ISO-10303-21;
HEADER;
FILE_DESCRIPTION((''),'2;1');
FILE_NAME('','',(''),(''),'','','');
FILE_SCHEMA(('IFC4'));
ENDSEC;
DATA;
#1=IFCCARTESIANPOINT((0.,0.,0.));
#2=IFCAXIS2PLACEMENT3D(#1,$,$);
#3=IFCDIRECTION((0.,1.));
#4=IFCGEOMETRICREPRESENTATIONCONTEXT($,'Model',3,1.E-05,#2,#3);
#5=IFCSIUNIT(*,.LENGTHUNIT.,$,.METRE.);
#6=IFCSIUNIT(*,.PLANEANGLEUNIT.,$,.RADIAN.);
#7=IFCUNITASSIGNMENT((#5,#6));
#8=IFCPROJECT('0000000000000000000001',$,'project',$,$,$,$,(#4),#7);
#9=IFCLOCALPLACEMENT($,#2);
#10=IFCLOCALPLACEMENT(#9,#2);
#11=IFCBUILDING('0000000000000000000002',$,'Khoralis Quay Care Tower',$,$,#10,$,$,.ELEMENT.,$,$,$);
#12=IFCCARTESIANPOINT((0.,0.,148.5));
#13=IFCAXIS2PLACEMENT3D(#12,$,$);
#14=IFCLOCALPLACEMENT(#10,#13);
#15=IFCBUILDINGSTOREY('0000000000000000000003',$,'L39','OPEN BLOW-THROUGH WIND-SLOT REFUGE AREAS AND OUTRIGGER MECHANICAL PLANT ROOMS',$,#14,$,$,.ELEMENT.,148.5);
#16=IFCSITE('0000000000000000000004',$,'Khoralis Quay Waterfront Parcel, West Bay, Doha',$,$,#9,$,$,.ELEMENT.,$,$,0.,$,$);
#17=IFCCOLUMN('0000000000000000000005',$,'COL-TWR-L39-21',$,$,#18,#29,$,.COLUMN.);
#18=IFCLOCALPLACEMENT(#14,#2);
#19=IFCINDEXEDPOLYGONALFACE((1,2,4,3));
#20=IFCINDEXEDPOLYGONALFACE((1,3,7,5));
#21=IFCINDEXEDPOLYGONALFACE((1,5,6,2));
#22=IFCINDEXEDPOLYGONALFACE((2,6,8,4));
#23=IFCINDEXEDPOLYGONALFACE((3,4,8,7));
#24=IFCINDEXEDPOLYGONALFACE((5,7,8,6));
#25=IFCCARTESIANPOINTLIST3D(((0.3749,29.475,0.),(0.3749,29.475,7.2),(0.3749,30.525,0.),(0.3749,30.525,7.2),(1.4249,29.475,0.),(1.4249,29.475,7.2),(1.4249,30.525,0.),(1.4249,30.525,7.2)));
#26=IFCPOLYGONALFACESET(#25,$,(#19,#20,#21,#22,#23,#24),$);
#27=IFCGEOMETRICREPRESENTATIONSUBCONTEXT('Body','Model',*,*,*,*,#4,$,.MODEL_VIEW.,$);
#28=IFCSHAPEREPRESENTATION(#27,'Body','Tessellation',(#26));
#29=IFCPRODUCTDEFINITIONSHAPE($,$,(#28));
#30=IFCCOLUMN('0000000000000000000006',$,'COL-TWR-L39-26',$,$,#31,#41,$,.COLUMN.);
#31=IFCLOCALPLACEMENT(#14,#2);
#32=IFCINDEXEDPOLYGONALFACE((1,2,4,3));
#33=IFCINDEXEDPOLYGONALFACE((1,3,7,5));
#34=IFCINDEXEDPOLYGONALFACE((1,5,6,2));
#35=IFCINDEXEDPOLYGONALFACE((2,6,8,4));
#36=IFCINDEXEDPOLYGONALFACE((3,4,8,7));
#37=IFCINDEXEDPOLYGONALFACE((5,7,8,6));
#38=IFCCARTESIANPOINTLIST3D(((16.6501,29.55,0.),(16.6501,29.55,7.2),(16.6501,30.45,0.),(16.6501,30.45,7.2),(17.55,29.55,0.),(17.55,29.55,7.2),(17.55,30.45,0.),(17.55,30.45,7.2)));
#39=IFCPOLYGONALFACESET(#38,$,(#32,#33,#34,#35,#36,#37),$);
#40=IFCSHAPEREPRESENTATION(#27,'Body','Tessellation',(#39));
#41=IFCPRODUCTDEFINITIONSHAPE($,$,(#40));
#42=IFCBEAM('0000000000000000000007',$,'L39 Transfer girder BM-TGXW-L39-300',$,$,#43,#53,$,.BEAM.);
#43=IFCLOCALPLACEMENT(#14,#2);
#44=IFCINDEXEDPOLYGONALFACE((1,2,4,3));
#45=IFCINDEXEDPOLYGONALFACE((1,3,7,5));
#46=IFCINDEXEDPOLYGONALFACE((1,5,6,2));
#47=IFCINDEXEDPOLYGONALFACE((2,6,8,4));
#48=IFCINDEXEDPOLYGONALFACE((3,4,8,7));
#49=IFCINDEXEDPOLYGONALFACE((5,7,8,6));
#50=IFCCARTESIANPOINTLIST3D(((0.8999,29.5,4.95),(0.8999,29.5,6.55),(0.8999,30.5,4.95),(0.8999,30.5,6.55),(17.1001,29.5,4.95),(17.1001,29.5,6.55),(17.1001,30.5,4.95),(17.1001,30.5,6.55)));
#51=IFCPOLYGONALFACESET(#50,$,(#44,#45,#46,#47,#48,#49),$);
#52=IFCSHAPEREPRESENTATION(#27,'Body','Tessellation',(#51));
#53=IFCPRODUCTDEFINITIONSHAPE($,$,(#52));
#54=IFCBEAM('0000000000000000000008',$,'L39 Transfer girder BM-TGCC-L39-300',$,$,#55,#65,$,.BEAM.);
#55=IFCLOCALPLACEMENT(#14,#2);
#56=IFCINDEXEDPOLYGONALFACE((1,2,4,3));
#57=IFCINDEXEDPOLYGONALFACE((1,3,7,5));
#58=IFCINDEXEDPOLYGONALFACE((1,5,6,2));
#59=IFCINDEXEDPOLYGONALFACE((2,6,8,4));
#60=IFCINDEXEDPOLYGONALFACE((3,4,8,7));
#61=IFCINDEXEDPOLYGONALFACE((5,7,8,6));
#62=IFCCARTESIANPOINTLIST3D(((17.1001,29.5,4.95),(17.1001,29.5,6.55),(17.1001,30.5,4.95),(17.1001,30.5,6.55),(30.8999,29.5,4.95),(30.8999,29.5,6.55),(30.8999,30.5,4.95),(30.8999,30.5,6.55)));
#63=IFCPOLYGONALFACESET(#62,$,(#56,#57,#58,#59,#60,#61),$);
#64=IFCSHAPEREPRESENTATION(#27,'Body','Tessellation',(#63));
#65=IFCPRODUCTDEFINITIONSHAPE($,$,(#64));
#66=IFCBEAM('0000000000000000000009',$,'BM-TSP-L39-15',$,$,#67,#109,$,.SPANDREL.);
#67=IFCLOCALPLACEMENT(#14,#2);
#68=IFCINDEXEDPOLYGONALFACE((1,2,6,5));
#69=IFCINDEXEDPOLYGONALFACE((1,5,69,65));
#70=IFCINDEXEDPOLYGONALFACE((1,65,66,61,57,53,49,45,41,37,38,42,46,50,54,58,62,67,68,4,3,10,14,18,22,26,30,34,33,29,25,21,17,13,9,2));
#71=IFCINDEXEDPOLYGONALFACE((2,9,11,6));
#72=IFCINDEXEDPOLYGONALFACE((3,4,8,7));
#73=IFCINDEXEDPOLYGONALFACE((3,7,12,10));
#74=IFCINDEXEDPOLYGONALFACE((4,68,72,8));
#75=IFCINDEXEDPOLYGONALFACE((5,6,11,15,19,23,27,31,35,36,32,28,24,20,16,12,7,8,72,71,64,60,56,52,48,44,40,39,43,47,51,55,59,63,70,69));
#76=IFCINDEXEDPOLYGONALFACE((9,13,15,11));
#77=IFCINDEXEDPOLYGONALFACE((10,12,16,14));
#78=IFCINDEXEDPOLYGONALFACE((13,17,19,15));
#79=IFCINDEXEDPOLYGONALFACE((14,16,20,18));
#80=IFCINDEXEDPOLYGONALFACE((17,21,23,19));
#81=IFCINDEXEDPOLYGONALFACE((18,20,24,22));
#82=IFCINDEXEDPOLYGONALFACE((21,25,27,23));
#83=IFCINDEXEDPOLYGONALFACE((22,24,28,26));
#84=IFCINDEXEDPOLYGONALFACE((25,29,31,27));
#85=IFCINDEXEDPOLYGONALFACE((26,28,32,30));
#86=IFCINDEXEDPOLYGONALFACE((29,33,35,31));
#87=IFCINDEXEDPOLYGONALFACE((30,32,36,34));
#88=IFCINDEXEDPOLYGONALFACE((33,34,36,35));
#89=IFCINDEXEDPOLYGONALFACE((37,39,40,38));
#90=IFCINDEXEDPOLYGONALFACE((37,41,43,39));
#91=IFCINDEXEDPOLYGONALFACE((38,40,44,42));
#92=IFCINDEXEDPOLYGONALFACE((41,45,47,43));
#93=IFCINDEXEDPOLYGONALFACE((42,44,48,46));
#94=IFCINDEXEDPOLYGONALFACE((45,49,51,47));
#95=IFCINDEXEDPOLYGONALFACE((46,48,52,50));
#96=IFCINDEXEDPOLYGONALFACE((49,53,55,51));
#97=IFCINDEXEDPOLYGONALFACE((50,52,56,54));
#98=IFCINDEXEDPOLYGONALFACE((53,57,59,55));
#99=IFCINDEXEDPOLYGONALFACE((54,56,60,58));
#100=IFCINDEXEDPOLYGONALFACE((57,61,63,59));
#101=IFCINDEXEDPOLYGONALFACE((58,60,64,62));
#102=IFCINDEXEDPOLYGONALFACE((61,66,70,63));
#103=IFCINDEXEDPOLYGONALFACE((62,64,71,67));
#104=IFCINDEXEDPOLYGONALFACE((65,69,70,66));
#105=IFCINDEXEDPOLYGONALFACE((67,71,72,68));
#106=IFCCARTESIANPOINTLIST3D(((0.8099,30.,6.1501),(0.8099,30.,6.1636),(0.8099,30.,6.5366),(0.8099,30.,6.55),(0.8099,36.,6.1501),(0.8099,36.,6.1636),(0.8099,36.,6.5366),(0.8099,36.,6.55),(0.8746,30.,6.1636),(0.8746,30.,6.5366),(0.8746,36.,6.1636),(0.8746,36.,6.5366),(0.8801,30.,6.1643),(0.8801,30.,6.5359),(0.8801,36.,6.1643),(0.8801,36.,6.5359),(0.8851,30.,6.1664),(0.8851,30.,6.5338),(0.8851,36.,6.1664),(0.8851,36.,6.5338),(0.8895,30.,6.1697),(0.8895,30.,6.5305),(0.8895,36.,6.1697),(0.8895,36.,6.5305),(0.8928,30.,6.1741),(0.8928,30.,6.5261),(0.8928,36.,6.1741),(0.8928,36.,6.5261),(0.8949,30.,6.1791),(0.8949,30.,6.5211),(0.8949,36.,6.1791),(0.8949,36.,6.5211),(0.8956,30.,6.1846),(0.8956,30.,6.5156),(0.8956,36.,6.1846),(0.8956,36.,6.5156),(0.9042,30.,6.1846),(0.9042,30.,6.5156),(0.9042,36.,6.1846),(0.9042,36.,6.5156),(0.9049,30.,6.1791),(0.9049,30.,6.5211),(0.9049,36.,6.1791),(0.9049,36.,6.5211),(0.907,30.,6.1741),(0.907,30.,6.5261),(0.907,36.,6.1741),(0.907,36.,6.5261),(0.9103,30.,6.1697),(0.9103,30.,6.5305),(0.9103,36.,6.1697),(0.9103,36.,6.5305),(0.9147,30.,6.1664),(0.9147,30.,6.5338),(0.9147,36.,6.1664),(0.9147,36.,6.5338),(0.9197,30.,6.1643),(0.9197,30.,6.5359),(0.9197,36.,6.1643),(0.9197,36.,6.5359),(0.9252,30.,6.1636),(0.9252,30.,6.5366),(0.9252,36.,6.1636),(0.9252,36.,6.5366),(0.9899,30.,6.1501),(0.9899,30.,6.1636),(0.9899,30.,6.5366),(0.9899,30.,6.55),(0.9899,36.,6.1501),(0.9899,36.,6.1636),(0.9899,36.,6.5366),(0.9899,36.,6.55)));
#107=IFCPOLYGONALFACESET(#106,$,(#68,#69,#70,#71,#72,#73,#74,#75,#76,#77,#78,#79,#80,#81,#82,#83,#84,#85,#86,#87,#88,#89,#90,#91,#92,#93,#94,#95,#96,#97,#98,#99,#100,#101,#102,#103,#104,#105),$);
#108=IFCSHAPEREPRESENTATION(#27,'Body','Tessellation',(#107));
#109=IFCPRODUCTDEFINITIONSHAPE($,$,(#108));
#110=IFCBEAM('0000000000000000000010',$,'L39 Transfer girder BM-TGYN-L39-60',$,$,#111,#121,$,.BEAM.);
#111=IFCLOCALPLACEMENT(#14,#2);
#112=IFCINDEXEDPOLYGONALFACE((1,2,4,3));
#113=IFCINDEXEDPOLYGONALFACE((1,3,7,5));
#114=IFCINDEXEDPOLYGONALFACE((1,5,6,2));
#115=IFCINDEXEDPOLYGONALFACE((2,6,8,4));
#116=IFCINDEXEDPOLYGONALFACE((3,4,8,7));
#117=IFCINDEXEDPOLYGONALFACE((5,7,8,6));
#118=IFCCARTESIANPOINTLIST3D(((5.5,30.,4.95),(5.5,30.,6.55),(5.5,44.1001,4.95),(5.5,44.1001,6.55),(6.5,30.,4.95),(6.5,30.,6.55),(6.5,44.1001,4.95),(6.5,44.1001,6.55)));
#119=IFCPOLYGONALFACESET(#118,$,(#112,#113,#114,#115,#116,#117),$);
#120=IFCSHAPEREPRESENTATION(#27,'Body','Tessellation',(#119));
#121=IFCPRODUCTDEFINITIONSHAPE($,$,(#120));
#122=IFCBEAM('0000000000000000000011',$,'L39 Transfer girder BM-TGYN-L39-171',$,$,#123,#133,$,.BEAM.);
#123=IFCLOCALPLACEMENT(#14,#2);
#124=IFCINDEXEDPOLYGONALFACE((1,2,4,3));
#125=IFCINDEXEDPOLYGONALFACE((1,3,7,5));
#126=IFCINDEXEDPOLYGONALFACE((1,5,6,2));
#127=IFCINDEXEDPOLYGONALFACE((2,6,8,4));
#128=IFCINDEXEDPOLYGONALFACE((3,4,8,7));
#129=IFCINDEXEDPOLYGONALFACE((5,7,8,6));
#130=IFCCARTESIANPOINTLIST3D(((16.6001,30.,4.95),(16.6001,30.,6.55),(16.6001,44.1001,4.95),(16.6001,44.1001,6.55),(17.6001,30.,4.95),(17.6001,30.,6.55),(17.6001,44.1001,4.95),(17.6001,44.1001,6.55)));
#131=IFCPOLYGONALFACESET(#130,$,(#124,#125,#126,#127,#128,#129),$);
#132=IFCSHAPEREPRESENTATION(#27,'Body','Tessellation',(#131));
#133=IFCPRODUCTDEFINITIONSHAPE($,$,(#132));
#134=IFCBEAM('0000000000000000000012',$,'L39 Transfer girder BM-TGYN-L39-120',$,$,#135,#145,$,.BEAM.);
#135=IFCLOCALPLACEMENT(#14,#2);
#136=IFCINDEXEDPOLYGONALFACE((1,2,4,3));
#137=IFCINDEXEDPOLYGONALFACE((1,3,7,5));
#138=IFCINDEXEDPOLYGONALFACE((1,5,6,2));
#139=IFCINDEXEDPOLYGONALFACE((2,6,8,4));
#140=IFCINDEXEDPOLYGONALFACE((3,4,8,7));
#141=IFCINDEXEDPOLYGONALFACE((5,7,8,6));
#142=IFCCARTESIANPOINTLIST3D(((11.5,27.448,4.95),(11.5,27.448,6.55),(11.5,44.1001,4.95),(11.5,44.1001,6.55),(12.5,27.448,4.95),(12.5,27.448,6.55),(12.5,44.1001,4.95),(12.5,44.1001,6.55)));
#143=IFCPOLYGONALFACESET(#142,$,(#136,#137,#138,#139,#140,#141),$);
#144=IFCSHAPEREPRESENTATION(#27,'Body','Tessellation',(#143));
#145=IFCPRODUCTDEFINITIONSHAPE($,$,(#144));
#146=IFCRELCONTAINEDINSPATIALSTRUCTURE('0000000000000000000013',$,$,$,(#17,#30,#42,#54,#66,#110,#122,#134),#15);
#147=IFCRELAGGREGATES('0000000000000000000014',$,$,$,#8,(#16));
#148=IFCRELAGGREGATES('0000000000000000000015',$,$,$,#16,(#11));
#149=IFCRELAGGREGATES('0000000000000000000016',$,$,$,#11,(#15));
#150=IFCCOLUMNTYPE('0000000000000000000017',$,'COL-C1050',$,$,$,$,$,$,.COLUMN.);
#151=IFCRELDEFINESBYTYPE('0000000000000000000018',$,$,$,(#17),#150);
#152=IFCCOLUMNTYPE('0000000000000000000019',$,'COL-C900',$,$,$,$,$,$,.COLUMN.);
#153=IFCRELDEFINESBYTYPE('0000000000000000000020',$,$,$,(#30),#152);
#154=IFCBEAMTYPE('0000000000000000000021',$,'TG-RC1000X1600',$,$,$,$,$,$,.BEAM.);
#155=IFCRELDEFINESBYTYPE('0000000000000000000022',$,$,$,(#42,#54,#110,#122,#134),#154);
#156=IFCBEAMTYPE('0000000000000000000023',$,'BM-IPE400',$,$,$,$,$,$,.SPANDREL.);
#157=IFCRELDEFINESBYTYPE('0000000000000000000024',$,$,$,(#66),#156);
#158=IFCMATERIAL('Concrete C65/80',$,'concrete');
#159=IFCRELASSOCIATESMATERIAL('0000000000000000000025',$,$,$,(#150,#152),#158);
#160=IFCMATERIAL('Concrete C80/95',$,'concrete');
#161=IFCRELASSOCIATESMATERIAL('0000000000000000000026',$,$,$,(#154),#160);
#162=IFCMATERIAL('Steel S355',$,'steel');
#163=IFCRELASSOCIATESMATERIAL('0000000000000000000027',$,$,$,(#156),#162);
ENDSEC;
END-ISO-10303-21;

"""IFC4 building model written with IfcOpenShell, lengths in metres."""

from ifc_helpers import new_model, si_unit, direction, frame, origin, origin_2d, place, context, subcontext, project, spatial, rectangle, i_section, extrude, source, transform, mapped, material, material_profile, profile_set, type_object, element, save


model = new_model("IFC4")

# Units and contexts
model_context = context("Model", 3, precision=1e-05, world=origin(), true_north=direction((0.0, 1.0)))
body_context = subcontext(model_context, "Body", "Model", "MODEL_VIEW")
ifc_project = project(units=[si_unit("LENGTHUNIT", "METRE"), si_unit("PLANEANGLEUNIT", "RADIAN")], contexts=[model_context])

# Site, building, storey
site_placement = place(None, origin())
site = spatial("IfcSite", under=ifc_project, at=site_placement, Name="Khoralis Quay Waterfront Parcel, West Bay, Doha", CompositionType="ELEMENT", RefElevation=0.0)
building_placement = place(site_placement, origin())
building = spatial("IfcBuilding", under=site, at=building_placement, Name="Khoralis Quay Care Tower", CompositionType="ELEMENT")
storey_placement = place(building_placement, frame((0.0, 0.0, 148.5)))
storey = spatial("IfcBuildingStorey", under=building, at=storey_placement, Name="L39", Description="OPEN BLOW-THROUGH WIND-SLOT REFUGE AREAS AND OUTRIGGER MECHANICAL PLANT ROOMS", CompositionType="ELEMENT", Elevation=148.5)

# Columns
ifc_material_1 = material(Name="Concrete C65/80", Category="concrete")
ifc_material_profile_1 = material_profile(ifc_material_1, rectangle(XDim=1.05, YDim=1.05, at=origin_2d()), Name="Concrete C65/80")
ifc_profile_set_1 = profile_set([ifc_material_profile_1], Name="Concrete C65/80")
column_type_1 = type_object("IfcColumnType", Name="COL-C1050", PredefinedType="COLUMN", material=ifc_profile_set_1)
shared_shape_1 = source(origin(), body_context, "Body", "SweptSolid", [
    extrude(rectangle(XDim=1.05, YDim=1.05, at=origin_2d()), origin(), (0.0, 0.0, 1.0), 7.2),
])
column_1_placement = place(storey_placement, frame((0.8999, 30.0, 0.0), z_axis=(0.0, 0.0, 1.0), x_axis=(1.0, 0.0, 0.0)))
element("IfcColumn", 1, at=column_1_placement, inside=storey, type_object=column_type_1, Name="COL-TWR-L39-21", PredefinedType="COLUMN", context=body_context, shape_type="MappedRepresentation", body=[
    mapped(shared_shape_1, transform((0.0, 0.0, 0.0), scale=1.0)),
])
ifc_material_profile_2 = material_profile(ifc_material_1, rectangle(XDim=0.8999, YDim=0.8999, at=origin_2d()), Name="Concrete C65/80")
ifc_profile_set_2 = profile_set([ifc_material_profile_2], Name="Concrete C65/80")
column_type_2 = type_object("IfcColumnType", Name="COL-C900", PredefinedType="COLUMN", material=ifc_profile_set_2)
shared_shape_2 = source(origin(), body_context, "Body", "SweptSolid", [
    extrude(rectangle(XDim=0.8999, YDim=0.8999, at=origin_2d()), origin(), (0.0, 0.0, 1.0), 7.2),
])
column_2_placement = place(storey_placement, frame((17.1001, 30.0, 0.0), z_axis=(0.0, 0.0, 1.0), x_axis=(1.0, 0.0, 0.0)))
element("IfcColumn", 2, at=column_2_placement, inside=storey, type_object=column_type_2, Name="COL-TWR-L39-26", PredefinedType="COLUMN", context=body_context, shape_type="MappedRepresentation", body=[
    mapped(shared_shape_2, transform((0.0, 0.0, 0.0), scale=1.0)),
])

# Beams
ifc_material_2 = material(Name="Concrete C80/95", Category="concrete")
ifc_material_profile_3 = material_profile(ifc_material_2, rectangle(XDim=1.0, YDim=1.6001, at=origin_2d()), Name="Concrete C80/95")
ifc_profile_set_3 = profile_set([ifc_material_profile_3], Name="Concrete C80/95")
beam_type_1 = type_object("IfcBeamType", Name="TG-RC1000X1600", PredefinedType="BEAM", material=ifc_profile_set_3)
shared_shape_3 = source(origin(), body_context, "Body", "SweptSolid", [
    extrude(rectangle(XDim=1.0, YDim=1.6001, at=origin_2d()), origin(), (0.0, 0.0, 1.0), 16.2002),
])
beam_1_placement = place(storey_placement, frame((0.8999, 30.0, 5.75), z_axis=(1.0, 0.0, 0.0), x_axis=(0.0, 1.0, 0.0)))
element("IfcBeam", 3, at=beam_1_placement, inside=storey, type_object=beam_type_1, Name="L39 Transfer girder BM-TGXW-L39-300", PredefinedType="BEAM", context=body_context, shape_type="MappedRepresentation", body=[
    mapped(shared_shape_3, transform((0.0, 0.0, 0.0), scale=1.0)),
])
shared_shape_4 = source(origin(), body_context, "Body", "SweptSolid", [
    extrude(rectangle(XDim=1.0, YDim=1.6001, at=origin_2d()), origin(), (0.0, 0.0, 1.0), 13.7998),
])
beam_2_placement = place(storey_placement, frame((17.1001, 30.0, 5.75), z_axis=(1.0, 0.0, 0.0), x_axis=(0.0, 1.0, 0.0)))
element("IfcBeam", 4, at=beam_2_placement, inside=storey, type_object=beam_type_1, Name="L39 Transfer girder BM-TGCC-L39-300", PredefinedType="BEAM", context=body_context, shape_type="MappedRepresentation", body=[
    mapped(shared_shape_4, transform((0.0, 0.0, 0.0), scale=1.0)),
])
ifc_material_3 = material(Name="Steel S355", Category="steel")
ifc_material_profile_4 = material_profile(ifc_material_3, i_section(OverallWidth=0.1799, OverallDepth=0.3999, WebThickness=0.0085, FlangeThickness=0.0134, FilletRadius=0.021, at=origin_2d()), Name="Steel S355")
ifc_profile_set_4 = profile_set([ifc_material_profile_4], Name="Steel S355")
beam_type_2 = type_object("IfcBeamType", Name="BM-IPE400", PredefinedType="SPANDREL", material=ifc_profile_set_4)
shared_shape_5 = source(origin(), body_context, "Body", "SweptSolid", [
    extrude(i_section(OverallWidth=0.1799, OverallDepth=0.3999, WebThickness=0.0085, FlangeThickness=0.0134, FilletRadius=0.021, at=origin_2d()), origin(), (0.0, 0.0, 1.0), 6.0),
])
beam_3_placement = place(storey_placement, frame((0.8999, 30.0, 6.3501), z_axis=(0.0, 1.0, 0.0), x_axis=(-1.0, 0.0, 0.0)))
element("IfcBeam", 5, at=beam_3_placement, inside=storey, type_object=beam_type_2, Name="BM-TSP-L39-15", PredefinedType="SPANDREL", context=body_context, shape_type="MappedRepresentation", body=[
    mapped(shared_shape_5, transform((0.0, 0.0, 0.0), scale=1.0)),
])
shared_shape_6 = source(origin(), body_context, "Body", "SweptSolid", [
    extrude(rectangle(XDim=1.0, YDim=1.6001, at=origin_2d()), origin(), (0.0, 0.0, 1.0), 14.1001),
])
for number, where, z_axis, x_axis, name in (
    (6, (6.0, 30.0, 5.75), (0.0, 1.0, 0.0), (-1.0, 0.0, 0.0), "L39 Transfer girder BM-TGYN-L39-60"),
    (7, (17.1001, 30.0, 5.75), (0.0, 1.0, 0.0), (-1.0, 0.0, 0.0), "L39 Transfer girder BM-TGYN-L39-171"),
):
    element("IfcBeam", number, at=place(storey_placement, frame(where, z_axis=z_axis, x_axis=x_axis)), inside=storey, type_object=beam_type_1, Name=name, PredefinedType="BEAM", context=body_context, shape_type="MappedRepresentation", body=[
        mapped(shared_shape_6, transform((0.0, 0.0, 0.0), scale=1.0)),
    ])
shared_shape_7 = source(origin(), body_context, "Body", "SweptSolid", [
    extrude(rectangle(XDim=1.0, YDim=1.6001, at=origin_2d()), origin(), (0.0, 0.0, 1.0), 16.6521),
])
beam_4_placement = place(storey_placement, frame((12.0, 27.448, 5.75), z_axis=(0.0, 1.0, 0.0), x_axis=(-1.0, 0.0, 0.0)))
element("IfcBeam", 8, at=beam_4_placement, inside=storey, type_object=beam_type_1, Name="L39 Transfer girder BM-TGYN-L39-120", PredefinedType="BEAM", context=body_context, shape_type="MappedRepresentation", body=[
    mapped(shared_shape_7, transform((0.0, 0.0, 0.0), scale=1.0)),
])

save(model, "model.ifc")
